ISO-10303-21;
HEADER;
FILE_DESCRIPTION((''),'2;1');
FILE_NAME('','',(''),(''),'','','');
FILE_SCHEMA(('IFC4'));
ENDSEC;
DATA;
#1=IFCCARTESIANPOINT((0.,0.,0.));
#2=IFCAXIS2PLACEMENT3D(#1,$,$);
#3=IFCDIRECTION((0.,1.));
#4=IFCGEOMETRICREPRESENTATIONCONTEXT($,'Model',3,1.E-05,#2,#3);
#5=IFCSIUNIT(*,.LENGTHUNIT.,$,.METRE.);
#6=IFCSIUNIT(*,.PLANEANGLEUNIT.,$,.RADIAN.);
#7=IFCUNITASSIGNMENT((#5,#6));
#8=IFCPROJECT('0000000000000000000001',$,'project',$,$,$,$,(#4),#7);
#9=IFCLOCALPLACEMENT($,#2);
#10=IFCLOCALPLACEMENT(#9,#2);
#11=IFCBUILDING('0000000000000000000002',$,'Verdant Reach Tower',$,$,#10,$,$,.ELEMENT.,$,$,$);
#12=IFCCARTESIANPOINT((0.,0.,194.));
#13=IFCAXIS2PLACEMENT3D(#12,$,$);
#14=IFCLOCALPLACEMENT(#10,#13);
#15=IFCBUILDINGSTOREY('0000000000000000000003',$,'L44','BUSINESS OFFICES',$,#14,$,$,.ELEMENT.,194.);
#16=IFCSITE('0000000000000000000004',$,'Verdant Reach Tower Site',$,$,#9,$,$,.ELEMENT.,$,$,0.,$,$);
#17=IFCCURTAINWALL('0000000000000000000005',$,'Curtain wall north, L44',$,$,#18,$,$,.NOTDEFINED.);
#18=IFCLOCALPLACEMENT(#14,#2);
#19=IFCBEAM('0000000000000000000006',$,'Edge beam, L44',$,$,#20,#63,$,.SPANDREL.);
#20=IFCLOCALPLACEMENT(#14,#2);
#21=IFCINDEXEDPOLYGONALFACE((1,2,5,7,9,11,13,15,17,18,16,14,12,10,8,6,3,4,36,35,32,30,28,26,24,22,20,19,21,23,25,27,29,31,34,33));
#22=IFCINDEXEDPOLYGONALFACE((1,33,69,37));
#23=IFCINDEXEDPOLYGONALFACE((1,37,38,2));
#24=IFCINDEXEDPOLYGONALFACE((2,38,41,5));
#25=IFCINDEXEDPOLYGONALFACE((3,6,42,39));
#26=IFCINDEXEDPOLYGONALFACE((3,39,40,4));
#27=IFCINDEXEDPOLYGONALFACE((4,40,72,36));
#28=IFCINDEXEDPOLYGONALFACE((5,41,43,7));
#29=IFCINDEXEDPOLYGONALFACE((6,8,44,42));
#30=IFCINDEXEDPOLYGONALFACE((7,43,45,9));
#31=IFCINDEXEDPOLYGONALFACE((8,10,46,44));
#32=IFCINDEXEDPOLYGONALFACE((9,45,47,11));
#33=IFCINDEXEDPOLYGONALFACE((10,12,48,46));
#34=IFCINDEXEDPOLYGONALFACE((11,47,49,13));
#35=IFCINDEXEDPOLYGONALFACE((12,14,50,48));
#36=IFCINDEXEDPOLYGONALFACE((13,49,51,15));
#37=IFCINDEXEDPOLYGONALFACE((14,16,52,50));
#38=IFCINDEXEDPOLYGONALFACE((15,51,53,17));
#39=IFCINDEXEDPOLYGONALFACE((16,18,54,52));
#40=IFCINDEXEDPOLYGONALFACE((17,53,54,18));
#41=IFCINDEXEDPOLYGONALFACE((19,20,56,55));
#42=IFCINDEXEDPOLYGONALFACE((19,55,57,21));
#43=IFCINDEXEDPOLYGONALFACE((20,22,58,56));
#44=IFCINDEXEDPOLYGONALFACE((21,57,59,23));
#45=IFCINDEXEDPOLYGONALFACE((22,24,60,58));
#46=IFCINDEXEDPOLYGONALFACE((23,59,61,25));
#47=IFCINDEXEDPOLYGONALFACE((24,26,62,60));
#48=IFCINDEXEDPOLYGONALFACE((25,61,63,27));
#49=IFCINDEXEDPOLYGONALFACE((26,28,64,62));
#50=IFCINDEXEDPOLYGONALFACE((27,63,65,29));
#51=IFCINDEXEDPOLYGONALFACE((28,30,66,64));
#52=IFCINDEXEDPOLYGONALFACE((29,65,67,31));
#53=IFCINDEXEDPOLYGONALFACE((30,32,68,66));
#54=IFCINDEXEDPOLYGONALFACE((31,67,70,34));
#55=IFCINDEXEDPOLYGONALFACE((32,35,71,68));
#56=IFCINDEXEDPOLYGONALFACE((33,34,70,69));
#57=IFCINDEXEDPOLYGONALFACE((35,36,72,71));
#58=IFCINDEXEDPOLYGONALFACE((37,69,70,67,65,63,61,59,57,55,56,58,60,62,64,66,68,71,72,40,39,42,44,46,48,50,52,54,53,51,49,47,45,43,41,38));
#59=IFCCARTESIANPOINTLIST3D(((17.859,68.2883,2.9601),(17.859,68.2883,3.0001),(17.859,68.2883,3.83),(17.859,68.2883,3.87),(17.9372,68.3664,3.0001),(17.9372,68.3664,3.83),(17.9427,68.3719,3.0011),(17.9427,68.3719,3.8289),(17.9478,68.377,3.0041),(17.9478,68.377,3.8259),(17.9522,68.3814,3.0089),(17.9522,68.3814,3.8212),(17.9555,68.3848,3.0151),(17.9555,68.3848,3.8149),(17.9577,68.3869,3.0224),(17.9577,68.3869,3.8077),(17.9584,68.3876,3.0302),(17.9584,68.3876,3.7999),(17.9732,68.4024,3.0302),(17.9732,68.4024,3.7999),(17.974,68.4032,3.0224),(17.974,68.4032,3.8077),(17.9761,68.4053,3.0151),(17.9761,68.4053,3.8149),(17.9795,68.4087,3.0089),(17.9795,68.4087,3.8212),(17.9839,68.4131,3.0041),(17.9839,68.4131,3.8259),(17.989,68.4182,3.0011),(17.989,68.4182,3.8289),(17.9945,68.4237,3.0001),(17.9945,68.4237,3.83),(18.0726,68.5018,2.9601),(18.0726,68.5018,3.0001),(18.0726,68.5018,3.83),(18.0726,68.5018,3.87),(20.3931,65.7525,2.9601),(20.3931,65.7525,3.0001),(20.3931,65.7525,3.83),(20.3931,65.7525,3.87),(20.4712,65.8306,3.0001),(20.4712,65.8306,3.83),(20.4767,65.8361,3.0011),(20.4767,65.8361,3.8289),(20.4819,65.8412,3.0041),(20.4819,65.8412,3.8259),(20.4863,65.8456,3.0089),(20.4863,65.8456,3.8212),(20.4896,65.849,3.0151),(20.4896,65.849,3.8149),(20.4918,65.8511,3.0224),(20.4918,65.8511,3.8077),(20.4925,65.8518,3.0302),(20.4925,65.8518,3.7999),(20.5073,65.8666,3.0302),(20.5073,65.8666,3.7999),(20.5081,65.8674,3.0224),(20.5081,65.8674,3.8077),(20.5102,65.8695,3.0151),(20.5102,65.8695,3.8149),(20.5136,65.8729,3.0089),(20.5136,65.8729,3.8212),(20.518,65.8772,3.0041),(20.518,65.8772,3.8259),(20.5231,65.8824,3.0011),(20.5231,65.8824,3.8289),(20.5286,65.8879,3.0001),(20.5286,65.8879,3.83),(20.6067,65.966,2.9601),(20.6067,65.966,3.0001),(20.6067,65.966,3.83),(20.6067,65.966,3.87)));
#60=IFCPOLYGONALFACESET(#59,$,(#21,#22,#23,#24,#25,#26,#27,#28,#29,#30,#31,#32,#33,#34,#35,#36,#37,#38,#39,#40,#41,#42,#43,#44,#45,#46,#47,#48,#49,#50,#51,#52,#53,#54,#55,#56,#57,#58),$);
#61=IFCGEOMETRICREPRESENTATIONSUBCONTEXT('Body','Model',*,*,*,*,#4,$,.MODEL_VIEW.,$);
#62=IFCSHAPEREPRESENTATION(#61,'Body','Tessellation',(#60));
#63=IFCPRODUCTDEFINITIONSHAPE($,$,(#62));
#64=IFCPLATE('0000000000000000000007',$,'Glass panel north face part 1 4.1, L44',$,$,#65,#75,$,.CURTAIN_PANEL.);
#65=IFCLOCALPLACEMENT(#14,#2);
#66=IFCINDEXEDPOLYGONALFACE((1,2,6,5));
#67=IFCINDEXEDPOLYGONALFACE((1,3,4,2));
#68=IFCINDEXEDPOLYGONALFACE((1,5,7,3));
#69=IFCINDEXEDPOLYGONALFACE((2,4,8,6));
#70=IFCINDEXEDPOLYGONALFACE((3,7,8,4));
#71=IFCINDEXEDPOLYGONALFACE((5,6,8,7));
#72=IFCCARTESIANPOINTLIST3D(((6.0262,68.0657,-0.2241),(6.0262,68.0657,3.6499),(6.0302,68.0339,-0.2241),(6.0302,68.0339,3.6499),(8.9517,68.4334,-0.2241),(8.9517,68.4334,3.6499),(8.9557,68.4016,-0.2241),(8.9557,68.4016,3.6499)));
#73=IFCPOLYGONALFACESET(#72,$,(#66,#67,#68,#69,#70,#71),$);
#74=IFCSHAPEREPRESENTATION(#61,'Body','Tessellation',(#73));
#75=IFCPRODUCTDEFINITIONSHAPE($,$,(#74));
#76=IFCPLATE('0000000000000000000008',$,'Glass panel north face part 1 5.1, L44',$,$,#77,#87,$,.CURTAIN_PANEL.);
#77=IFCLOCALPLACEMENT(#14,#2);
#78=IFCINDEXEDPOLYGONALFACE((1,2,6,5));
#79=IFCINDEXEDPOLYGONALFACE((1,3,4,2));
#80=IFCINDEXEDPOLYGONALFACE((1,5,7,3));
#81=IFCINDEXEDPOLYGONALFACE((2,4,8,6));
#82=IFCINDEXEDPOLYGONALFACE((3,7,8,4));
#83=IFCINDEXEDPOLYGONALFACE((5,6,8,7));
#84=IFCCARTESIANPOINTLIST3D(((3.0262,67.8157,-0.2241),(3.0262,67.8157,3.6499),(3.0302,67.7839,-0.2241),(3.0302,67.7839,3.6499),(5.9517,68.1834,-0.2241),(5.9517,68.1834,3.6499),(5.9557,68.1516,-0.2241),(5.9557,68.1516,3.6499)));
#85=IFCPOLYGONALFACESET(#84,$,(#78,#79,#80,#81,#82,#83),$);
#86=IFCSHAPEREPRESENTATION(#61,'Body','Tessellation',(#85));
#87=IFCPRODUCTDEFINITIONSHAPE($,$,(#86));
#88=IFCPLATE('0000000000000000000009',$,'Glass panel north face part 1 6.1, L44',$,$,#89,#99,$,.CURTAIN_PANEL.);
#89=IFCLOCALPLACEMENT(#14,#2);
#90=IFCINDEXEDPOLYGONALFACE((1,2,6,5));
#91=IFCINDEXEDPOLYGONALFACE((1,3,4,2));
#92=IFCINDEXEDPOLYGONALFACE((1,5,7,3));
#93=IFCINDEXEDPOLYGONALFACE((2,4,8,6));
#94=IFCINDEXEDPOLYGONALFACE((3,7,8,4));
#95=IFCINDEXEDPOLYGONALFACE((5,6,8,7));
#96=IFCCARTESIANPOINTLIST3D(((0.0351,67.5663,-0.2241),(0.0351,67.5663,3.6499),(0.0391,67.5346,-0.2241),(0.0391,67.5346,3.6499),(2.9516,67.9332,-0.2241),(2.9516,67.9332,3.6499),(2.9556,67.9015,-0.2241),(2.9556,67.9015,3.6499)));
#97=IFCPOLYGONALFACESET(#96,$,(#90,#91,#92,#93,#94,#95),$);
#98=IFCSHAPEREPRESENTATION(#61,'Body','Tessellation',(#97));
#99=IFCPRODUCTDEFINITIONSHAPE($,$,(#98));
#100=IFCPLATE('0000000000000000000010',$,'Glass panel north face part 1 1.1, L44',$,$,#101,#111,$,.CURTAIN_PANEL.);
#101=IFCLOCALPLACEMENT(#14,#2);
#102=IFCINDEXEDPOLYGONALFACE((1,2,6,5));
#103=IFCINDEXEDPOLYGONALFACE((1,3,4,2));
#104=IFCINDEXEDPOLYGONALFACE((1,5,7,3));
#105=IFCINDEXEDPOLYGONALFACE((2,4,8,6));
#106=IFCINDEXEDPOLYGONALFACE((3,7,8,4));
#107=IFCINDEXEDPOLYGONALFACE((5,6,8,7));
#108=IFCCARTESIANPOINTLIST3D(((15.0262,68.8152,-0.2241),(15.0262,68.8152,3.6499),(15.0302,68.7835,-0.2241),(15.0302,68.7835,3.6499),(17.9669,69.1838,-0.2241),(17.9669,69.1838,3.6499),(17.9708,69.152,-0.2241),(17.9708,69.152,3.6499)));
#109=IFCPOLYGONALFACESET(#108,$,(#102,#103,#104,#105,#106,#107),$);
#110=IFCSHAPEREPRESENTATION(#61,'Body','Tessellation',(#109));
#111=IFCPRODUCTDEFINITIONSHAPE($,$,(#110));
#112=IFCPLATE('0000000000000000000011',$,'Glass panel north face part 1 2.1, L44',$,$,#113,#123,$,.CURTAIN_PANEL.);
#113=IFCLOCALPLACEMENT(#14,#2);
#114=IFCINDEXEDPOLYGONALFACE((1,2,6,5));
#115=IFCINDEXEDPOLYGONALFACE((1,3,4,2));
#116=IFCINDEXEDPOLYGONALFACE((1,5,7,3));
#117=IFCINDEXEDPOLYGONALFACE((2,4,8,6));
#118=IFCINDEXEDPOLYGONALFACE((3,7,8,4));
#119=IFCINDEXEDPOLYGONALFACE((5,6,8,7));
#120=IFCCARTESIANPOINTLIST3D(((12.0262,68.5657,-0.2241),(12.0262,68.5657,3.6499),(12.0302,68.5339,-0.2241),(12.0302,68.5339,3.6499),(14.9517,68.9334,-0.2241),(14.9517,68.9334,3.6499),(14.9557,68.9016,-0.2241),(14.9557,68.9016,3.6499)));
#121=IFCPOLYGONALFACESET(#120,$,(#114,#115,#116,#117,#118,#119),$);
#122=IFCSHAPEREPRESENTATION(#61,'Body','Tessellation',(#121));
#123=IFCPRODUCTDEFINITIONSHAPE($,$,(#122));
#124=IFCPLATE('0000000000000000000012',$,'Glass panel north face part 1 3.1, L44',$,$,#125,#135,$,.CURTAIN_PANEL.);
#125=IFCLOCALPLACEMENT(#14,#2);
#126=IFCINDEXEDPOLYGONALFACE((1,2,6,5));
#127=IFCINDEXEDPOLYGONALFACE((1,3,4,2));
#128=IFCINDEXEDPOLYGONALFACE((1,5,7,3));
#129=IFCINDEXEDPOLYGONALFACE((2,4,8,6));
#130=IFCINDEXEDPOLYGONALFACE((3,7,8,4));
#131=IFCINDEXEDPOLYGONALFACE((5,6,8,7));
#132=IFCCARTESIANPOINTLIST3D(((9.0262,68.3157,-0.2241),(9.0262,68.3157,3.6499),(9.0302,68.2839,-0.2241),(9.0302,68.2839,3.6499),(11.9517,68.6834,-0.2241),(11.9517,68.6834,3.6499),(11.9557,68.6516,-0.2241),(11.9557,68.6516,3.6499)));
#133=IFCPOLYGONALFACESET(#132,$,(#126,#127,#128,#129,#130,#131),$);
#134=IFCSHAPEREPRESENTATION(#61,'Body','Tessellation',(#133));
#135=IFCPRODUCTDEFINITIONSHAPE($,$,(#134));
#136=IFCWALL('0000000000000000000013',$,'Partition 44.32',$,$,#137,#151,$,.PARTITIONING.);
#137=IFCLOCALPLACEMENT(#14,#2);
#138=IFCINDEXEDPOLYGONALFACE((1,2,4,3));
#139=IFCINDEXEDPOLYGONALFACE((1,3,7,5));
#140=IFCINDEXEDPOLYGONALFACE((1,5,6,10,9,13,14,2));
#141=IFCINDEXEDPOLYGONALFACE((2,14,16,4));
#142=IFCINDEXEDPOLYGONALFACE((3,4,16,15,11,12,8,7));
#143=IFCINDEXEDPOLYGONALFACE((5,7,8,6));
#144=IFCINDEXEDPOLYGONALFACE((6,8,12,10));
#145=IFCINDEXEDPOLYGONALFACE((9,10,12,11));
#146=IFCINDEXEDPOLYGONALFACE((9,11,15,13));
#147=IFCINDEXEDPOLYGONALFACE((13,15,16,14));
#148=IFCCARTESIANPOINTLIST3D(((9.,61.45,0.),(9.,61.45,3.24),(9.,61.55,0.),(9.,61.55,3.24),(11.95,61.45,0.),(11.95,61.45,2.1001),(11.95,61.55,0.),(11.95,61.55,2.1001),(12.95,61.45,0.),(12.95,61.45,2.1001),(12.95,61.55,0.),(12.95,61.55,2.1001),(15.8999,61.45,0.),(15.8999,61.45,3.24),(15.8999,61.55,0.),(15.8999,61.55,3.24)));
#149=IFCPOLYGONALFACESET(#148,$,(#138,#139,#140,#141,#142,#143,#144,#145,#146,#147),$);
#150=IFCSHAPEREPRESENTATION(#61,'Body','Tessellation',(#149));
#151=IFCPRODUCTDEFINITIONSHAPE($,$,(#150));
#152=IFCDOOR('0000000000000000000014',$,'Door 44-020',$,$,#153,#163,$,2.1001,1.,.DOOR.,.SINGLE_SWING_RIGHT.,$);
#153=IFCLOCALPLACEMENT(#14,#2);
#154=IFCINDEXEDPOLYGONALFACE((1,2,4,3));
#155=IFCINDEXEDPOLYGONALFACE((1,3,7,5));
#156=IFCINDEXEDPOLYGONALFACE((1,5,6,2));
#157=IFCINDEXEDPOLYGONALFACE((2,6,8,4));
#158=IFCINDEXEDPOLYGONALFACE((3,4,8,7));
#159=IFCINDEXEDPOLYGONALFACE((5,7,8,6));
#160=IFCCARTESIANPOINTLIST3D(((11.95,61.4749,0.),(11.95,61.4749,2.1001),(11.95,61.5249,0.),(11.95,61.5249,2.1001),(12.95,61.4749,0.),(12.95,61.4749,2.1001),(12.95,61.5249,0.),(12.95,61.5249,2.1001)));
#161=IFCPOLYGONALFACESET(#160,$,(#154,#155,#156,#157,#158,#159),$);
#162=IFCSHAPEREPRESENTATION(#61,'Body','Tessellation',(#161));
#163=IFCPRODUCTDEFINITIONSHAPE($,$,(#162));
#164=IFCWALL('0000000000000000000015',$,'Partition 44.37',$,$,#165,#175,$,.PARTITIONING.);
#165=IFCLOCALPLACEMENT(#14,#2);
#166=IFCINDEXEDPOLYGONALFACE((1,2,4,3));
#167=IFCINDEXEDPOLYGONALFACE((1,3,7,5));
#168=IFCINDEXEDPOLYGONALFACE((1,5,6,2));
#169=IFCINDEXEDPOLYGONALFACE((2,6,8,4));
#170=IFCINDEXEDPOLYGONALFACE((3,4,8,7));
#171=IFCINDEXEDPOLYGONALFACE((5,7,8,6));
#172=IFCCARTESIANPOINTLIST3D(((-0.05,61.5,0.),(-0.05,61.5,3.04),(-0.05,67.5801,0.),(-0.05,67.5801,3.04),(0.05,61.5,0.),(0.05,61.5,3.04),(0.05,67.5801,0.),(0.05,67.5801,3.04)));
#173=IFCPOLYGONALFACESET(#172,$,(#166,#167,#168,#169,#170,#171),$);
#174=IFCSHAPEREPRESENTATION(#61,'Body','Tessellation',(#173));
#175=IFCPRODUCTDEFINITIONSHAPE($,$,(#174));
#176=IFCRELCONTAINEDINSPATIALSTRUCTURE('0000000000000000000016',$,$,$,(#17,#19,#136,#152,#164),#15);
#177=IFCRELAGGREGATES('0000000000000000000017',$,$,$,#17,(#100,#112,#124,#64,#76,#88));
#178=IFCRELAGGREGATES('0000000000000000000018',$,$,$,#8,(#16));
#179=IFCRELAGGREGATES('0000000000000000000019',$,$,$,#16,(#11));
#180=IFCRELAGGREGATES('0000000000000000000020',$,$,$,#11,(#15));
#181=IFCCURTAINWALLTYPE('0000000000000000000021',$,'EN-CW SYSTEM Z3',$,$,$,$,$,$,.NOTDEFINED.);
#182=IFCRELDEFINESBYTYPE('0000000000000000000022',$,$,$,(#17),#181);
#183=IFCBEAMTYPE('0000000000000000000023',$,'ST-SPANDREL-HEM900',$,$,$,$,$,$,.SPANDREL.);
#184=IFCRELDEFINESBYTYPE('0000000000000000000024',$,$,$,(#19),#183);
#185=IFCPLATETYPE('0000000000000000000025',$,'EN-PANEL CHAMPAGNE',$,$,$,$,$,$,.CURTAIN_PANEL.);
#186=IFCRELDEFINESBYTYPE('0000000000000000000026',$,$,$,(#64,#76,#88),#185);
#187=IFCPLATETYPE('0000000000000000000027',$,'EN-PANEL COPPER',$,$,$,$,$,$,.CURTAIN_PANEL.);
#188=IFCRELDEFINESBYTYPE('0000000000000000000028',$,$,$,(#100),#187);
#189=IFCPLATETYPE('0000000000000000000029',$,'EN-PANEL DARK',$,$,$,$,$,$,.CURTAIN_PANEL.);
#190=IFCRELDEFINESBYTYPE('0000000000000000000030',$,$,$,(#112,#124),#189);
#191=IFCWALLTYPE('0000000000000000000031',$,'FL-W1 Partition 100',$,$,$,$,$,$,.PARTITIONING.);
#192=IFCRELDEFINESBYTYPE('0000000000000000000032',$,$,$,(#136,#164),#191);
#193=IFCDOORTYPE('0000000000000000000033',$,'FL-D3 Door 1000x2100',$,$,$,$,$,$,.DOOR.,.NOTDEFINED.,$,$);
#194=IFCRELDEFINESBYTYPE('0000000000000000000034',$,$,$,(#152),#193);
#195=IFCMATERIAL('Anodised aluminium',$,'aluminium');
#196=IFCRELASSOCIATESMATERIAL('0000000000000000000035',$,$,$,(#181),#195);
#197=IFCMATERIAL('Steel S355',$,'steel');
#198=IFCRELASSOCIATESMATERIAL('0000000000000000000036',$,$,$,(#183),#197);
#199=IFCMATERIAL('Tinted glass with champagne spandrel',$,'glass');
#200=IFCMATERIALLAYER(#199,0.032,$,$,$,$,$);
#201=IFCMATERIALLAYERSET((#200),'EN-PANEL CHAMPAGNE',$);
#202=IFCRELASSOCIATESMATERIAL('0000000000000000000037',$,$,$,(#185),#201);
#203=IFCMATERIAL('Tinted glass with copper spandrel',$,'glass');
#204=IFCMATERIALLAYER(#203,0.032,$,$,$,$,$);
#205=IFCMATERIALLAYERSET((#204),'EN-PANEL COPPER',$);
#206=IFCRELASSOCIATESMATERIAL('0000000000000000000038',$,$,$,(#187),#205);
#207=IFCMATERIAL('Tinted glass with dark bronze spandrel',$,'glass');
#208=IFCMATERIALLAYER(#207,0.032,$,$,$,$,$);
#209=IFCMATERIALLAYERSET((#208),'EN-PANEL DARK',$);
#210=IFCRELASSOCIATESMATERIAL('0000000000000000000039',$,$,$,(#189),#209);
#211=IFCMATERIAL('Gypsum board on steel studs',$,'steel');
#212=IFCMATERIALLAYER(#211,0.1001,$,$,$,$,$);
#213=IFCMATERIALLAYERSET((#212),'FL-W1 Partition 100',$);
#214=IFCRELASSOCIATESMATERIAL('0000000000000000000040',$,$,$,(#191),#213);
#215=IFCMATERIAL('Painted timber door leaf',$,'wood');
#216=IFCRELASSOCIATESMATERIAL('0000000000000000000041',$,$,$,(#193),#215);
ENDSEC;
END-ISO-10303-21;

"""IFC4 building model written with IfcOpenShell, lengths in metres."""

from ifc_helpers import new_model, si_unit, direction, frame, frame_2d, origin, origin_2d, place, context, subcontext, project, spatial, rectangle, i_section, extrude, material, layer, layer_set, material_profile, profile_set, type_object, element, fill, aggregate, save


model = new_model("IFC4")

# Units and contexts
model_context = context("Model", 3, precision=1e-05, world=origin(), true_north=direction((0.0, 1.0)))
body_context = subcontext(model_context, "Body", "Model", "MODEL_VIEW")
ifc_project = project(units=[si_unit("LENGTHUNIT", "METRE"), si_unit("PLANEANGLEUNIT", "RADIAN")], contexts=[model_context])

# Site, building, storey
site_placement = place(None, origin())
site = spatial("IfcSite", under=ifc_project, at=site_placement, Name="Verdant Reach Tower Site", CompositionType="ELEMENT", RefElevation=0.0)
building_placement = place(site_placement, origin())
building = spatial("IfcBuilding", under=site, at=building_placement, Name="Verdant Reach Tower", CompositionType="ELEMENT")
storey_placement = place(building_placement, frame((0.0, 0.0, 194.0)))
storey = spatial("IfcBuildingStorey", under=building, at=storey_placement, Name="L44", Description="BUSINESS OFFICES", CompositionType="ELEMENT", Elevation=194.0)

# Curtain wall
ifc_material_1 = material(Name="Anodised aluminium", Category="aluminium")
curtain_wall_type = type_object("IfcCurtainWallType", Name="EN-CW SYSTEM Z3", PredefinedType="NOTDEFINED", material=ifc_material_1)
curtain_wall_placement = place(storey_placement, origin())
curtain_wall = element("IfcCurtainWall", 1, at=curtain_wall_placement, inside=storey, type_object=curtain_wall_type, Name="Curtain wall north, L44", PredefinedType="NOTDEFINED")

# Beam
ifc_material_2 = material(Name="Steel S355", Category="steel")
ifc_material_profile_1 = material_profile(ifc_material_2, i_section(OverallWidth=0.302, OverallDepth=0.9099, WebThickness=0.021, FlangeThickness=0.04, FilletRadius=0.03, at=origin_2d()), Name="HEM 900")
ifc_profile_set_1 = profile_set([ifc_material_profile_1], Name="Steel S355")
beam_type_1 = type_object("IfcBeamType", Name="ST-SPANDREL-HEM900", PredefinedType="SPANDREL", material=ifc_profile_set_1)
beam_1_placement = place(storey_placement, frame((17.9658, 68.395, 3.415), z_axis=(0.706868, -0.707345, 0.0), x_axis=(0.707345, 0.706868, 0.0)))
element("IfcBeam", 2, at=beam_1_placement, inside=storey, type_object=beam_type_1, Name="Edge beam, L44", PredefinedType="SPANDREL", context=body_context, shape_type="SweptSolid", body=[
    extrude(i_section(OverallWidth=0.302, OverallDepth=0.9099, WebThickness=0.021, FlangeThickness=0.04, FilletRadius=0.03, at=origin_2d()), origin(), (0.0, 0.0, 1.0), 3.585),
])

# Plates
ifc_material_3 = material(Name="Tinted glass with champagne spandrel", Category="glass")
ifc_layer_1 = layer(ifc_material_3, 0.032)
ifc_layer_set_1 = layer_set([ifc_layer_1], Name="EN-PANEL CHAMPAGNE")
plate_type_1 = type_object("IfcPlateType", Name="EN-PANEL CHAMPAGNE", PredefinedType="CURTAIN_PANEL", material=ifc_layer_set_1)
plate_1_placement = place(storey_placement, frame((7.491, 68.2336, -0.2241), z_axis=(0.0, 0.0, 1.0), x_axis=(-0.992194, -0.124704, 0.0)))
plate_1 = element("IfcPlate", 3, at=plate_1_placement, type_object=plate_type_1, Name="Glass panel north face part 1 4.1, L44", PredefinedType="CURTAIN_PANEL", context=body_context, shape_type="SweptSolid", body=[
    extrude(rectangle(XDim=2.9485, YDim=0.032, at=origin_2d()), origin(), (0.0, 0.0, 1.0), 3.874),
])
plate_2_placement = place(storey_placement, frame((4.491, 67.9836, -0.2241), z_axis=(0.0, 0.0, 1.0), x_axis=(-0.992194, -0.124704, 0.0)))
plate_2 = element("IfcPlate", 4, at=plate_2_placement, type_object=plate_type_1, Name="Glass panel north face part 1 5.1, L44", PredefinedType="CURTAIN_PANEL", context=body_context, shape_type="SweptSolid", body=[
    extrude(rectangle(XDim=2.9485, YDim=0.032, at=origin_2d()), origin(), (0.0, 0.0, 1.0), 3.874),
])
plate_3_placement = place(storey_placement, frame((1.4954, 67.7339, -0.2241), z_axis=(0.0, 0.0, 1.0), x_axis=(-0.992178, -0.124828, 0.0)))
plate_3 = element("IfcPlate", 5, at=plate_3_placement, type_object=plate_type_1, Name="Glass panel north face part 1 6.1, L44", PredefinedType="CURTAIN_PANEL", context=body_context, shape_type="SweptSolid", body=[
    extrude(rectangle(XDim=2.9395, YDim=0.032, at=origin_2d()), origin(), (0.0, 0.0, 1.0), 3.874),
])
ifc_material_4 = material(Name="Tinted glass with copper spandrel", Category="glass")
ifc_layer_2 = layer(ifc_material_4, 0.032)
ifc_layer_set_2 = layer_set([ifc_layer_2], Name="EN-PANEL COPPER")
plate_type_2 = type_object("IfcPlateType", Name="EN-PANEL COPPER", PredefinedType="CURTAIN_PANEL", material=ifc_layer_set_2)
plate_4_placement = place(storey_placement, frame((16.4985, 68.9836, -0.2241), z_axis=(0.0, 0.0, 1.0), x_axis=(-0.992238, -0.124355, 0.0)))
plate_4 = element("IfcPlate", 6, at=plate_4_placement, type_object=plate_type_2, Name="Glass panel north face part 1 1.1, L44", PredefinedType="CURTAIN_PANEL", context=body_context, shape_type="SweptSolid", body=[
    extrude(rectangle(XDim=2.9636, YDim=0.032, at=origin_2d()), origin(), (0.0, 0.0, 1.0), 3.874),
])
ifc_material_5 = material(Name="Tinted glass with dark bronze spandrel", Category="glass")
ifc_layer_3 = layer(ifc_material_5, 0.032)
ifc_layer_set_3 = layer_set([ifc_layer_3], Name="EN-PANEL DARK")
plate_type_3 = type_object("IfcPlateType", Name="EN-PANEL DARK", PredefinedType="CURTAIN_PANEL", material=ifc_layer_set_3)
plate_5_placement = place(storey_placement, frame((13.491, 68.7336, -0.2241), z_axis=(0.0, 0.0, 1.0), x_axis=(-0.992194, -0.124704, 0.0)))
plate_5 = element("IfcPlate", 7, at=plate_5_placement, type_object=plate_type_3, Name="Glass panel north face part 1 2.1, L44", PredefinedType="CURTAIN_PANEL", context=body_context, shape_type="SweptSolid", body=[
    extrude(rectangle(XDim=2.9485, YDim=0.032, at=origin_2d()), origin(), (0.0, 0.0, 1.0), 3.874),
])
plate_6_placement = place(storey_placement, frame((10.491, 68.4836, -0.2241), z_axis=(0.0, 0.0, 1.0), x_axis=(-0.992194, -0.124704, 0.0)))
plate_6 = element("IfcPlate", 8, at=plate_6_placement, type_object=plate_type_3, Name="Glass panel north face part 1 3.1, L44", PredefinedType="CURTAIN_PANEL", context=body_context, shape_type="SweptSolid", body=[
    extrude(rectangle(XDim=2.9485, YDim=0.032, at=origin_2d()), origin(), (0.0, 0.0, 1.0), 3.874),
])
aggregate(curtain_wall, [plate_4, plate_5, plate_6, plate_1, plate_2, plate_3])

# Wall, opening, door
ifc_material_6 = material(Name="Gypsum board on steel studs", Category="steel")
ifc_layer_4 = layer(ifc_material_6, 0.1001)
ifc_layer_set_4 = layer_set([ifc_layer_4], Name="FL-W1 Partition 100")
wall_type = type_object("IfcWallType", Name="FL-W1 Partition 100", PredefinedType="PARTITIONING", material=ifc_layer_set_4)
wall_1_placement = place(storey_placement, frame((9.0, 61.5, 0.0), z_axis=(0.0, 0.0, 1.0), x_axis=(1.0, 0.0, 0.0)))
wall_1 = element("IfcWall", 9, at=wall_1_placement, inside=storey, type_object=wall_type, Name="Partition 44.32", PredefinedType="PARTITIONING", context=body_context, shape_type="SweptSolid", body=[
    extrude(rectangle(XDim=6.8999, YDim=0.1001, at=frame_2d((3.45, 0.0))), origin(), (0.0, 0.0, 1.0), 3.24),
])
opening_placement = place(wall_1_placement, frame((2.95, 0.0, 0.0)))
opening = element("IfcOpeningElement", 10, at=opening_placement, cuts=wall_1, PredefinedType="OPENING", context=body_context, shape_type="SweptSolid", body=[
    extrude(rectangle(XDim=1.0, YDim=2.1001, at=frame_2d((0.5, 1.05))), frame((0.0, 0.0601, 0.0), z_axis=(0.0, -1.0, 0.0), x_axis=(1.0, 0.0, 0.0)), (0.0, 0.0, 1.0), 0.1201),
])
ifc_material_7 = material(Name="Painted timber door leaf", Category="wood")
door_type = type_object("IfcDoorType", Name="FL-D3 Door 1000x2100", OperationType="NOTDEFINED", PredefinedType="DOOR", material=ifc_material_7)
door_placement = place(opening_placement, origin())
door = element("IfcDoor", 11, at=door_placement, inside=storey, type_object=door_type, Name="Door 44-020", OperationType="SINGLE_SWING_RIGHT", OverallHeight=2.1001, OverallWidth=1.0, PredefinedType="DOOR", context=body_context, shape_type="SweptSolid", body=[
    extrude(rectangle(XDim=1.0, YDim=2.1001, at=frame_2d((0.5, 1.05))), frame((0.0, 0.0249, 0.0), z_axis=(0.0, -1.0, 0.0), x_axis=(1.0, 0.0, 0.0)), (0.0, 0.0, 1.0), 0.05),
])
fill(opening, door)

# Wall
wall_2_placement = place(storey_placement, frame((0.0, 61.5, 0.0), z_axis=(0.0, 0.0, 1.0), x_axis=(0.0, 1.0, 0.0)))
element("IfcWall", 12, at=wall_2_placement, inside=storey, type_object=wall_type, Name="Partition 44.37", PredefinedType="PARTITIONING", context=body_context, shape_type="SweptSolid", body=[
    extrude(rectangle(XDim=6.0801, YDim=0.1001, at=frame_2d((3.04, 0.0))), origin(), (0.0, 0.0, 1.0), 3.04),
])

save(model, "model.ifc")
